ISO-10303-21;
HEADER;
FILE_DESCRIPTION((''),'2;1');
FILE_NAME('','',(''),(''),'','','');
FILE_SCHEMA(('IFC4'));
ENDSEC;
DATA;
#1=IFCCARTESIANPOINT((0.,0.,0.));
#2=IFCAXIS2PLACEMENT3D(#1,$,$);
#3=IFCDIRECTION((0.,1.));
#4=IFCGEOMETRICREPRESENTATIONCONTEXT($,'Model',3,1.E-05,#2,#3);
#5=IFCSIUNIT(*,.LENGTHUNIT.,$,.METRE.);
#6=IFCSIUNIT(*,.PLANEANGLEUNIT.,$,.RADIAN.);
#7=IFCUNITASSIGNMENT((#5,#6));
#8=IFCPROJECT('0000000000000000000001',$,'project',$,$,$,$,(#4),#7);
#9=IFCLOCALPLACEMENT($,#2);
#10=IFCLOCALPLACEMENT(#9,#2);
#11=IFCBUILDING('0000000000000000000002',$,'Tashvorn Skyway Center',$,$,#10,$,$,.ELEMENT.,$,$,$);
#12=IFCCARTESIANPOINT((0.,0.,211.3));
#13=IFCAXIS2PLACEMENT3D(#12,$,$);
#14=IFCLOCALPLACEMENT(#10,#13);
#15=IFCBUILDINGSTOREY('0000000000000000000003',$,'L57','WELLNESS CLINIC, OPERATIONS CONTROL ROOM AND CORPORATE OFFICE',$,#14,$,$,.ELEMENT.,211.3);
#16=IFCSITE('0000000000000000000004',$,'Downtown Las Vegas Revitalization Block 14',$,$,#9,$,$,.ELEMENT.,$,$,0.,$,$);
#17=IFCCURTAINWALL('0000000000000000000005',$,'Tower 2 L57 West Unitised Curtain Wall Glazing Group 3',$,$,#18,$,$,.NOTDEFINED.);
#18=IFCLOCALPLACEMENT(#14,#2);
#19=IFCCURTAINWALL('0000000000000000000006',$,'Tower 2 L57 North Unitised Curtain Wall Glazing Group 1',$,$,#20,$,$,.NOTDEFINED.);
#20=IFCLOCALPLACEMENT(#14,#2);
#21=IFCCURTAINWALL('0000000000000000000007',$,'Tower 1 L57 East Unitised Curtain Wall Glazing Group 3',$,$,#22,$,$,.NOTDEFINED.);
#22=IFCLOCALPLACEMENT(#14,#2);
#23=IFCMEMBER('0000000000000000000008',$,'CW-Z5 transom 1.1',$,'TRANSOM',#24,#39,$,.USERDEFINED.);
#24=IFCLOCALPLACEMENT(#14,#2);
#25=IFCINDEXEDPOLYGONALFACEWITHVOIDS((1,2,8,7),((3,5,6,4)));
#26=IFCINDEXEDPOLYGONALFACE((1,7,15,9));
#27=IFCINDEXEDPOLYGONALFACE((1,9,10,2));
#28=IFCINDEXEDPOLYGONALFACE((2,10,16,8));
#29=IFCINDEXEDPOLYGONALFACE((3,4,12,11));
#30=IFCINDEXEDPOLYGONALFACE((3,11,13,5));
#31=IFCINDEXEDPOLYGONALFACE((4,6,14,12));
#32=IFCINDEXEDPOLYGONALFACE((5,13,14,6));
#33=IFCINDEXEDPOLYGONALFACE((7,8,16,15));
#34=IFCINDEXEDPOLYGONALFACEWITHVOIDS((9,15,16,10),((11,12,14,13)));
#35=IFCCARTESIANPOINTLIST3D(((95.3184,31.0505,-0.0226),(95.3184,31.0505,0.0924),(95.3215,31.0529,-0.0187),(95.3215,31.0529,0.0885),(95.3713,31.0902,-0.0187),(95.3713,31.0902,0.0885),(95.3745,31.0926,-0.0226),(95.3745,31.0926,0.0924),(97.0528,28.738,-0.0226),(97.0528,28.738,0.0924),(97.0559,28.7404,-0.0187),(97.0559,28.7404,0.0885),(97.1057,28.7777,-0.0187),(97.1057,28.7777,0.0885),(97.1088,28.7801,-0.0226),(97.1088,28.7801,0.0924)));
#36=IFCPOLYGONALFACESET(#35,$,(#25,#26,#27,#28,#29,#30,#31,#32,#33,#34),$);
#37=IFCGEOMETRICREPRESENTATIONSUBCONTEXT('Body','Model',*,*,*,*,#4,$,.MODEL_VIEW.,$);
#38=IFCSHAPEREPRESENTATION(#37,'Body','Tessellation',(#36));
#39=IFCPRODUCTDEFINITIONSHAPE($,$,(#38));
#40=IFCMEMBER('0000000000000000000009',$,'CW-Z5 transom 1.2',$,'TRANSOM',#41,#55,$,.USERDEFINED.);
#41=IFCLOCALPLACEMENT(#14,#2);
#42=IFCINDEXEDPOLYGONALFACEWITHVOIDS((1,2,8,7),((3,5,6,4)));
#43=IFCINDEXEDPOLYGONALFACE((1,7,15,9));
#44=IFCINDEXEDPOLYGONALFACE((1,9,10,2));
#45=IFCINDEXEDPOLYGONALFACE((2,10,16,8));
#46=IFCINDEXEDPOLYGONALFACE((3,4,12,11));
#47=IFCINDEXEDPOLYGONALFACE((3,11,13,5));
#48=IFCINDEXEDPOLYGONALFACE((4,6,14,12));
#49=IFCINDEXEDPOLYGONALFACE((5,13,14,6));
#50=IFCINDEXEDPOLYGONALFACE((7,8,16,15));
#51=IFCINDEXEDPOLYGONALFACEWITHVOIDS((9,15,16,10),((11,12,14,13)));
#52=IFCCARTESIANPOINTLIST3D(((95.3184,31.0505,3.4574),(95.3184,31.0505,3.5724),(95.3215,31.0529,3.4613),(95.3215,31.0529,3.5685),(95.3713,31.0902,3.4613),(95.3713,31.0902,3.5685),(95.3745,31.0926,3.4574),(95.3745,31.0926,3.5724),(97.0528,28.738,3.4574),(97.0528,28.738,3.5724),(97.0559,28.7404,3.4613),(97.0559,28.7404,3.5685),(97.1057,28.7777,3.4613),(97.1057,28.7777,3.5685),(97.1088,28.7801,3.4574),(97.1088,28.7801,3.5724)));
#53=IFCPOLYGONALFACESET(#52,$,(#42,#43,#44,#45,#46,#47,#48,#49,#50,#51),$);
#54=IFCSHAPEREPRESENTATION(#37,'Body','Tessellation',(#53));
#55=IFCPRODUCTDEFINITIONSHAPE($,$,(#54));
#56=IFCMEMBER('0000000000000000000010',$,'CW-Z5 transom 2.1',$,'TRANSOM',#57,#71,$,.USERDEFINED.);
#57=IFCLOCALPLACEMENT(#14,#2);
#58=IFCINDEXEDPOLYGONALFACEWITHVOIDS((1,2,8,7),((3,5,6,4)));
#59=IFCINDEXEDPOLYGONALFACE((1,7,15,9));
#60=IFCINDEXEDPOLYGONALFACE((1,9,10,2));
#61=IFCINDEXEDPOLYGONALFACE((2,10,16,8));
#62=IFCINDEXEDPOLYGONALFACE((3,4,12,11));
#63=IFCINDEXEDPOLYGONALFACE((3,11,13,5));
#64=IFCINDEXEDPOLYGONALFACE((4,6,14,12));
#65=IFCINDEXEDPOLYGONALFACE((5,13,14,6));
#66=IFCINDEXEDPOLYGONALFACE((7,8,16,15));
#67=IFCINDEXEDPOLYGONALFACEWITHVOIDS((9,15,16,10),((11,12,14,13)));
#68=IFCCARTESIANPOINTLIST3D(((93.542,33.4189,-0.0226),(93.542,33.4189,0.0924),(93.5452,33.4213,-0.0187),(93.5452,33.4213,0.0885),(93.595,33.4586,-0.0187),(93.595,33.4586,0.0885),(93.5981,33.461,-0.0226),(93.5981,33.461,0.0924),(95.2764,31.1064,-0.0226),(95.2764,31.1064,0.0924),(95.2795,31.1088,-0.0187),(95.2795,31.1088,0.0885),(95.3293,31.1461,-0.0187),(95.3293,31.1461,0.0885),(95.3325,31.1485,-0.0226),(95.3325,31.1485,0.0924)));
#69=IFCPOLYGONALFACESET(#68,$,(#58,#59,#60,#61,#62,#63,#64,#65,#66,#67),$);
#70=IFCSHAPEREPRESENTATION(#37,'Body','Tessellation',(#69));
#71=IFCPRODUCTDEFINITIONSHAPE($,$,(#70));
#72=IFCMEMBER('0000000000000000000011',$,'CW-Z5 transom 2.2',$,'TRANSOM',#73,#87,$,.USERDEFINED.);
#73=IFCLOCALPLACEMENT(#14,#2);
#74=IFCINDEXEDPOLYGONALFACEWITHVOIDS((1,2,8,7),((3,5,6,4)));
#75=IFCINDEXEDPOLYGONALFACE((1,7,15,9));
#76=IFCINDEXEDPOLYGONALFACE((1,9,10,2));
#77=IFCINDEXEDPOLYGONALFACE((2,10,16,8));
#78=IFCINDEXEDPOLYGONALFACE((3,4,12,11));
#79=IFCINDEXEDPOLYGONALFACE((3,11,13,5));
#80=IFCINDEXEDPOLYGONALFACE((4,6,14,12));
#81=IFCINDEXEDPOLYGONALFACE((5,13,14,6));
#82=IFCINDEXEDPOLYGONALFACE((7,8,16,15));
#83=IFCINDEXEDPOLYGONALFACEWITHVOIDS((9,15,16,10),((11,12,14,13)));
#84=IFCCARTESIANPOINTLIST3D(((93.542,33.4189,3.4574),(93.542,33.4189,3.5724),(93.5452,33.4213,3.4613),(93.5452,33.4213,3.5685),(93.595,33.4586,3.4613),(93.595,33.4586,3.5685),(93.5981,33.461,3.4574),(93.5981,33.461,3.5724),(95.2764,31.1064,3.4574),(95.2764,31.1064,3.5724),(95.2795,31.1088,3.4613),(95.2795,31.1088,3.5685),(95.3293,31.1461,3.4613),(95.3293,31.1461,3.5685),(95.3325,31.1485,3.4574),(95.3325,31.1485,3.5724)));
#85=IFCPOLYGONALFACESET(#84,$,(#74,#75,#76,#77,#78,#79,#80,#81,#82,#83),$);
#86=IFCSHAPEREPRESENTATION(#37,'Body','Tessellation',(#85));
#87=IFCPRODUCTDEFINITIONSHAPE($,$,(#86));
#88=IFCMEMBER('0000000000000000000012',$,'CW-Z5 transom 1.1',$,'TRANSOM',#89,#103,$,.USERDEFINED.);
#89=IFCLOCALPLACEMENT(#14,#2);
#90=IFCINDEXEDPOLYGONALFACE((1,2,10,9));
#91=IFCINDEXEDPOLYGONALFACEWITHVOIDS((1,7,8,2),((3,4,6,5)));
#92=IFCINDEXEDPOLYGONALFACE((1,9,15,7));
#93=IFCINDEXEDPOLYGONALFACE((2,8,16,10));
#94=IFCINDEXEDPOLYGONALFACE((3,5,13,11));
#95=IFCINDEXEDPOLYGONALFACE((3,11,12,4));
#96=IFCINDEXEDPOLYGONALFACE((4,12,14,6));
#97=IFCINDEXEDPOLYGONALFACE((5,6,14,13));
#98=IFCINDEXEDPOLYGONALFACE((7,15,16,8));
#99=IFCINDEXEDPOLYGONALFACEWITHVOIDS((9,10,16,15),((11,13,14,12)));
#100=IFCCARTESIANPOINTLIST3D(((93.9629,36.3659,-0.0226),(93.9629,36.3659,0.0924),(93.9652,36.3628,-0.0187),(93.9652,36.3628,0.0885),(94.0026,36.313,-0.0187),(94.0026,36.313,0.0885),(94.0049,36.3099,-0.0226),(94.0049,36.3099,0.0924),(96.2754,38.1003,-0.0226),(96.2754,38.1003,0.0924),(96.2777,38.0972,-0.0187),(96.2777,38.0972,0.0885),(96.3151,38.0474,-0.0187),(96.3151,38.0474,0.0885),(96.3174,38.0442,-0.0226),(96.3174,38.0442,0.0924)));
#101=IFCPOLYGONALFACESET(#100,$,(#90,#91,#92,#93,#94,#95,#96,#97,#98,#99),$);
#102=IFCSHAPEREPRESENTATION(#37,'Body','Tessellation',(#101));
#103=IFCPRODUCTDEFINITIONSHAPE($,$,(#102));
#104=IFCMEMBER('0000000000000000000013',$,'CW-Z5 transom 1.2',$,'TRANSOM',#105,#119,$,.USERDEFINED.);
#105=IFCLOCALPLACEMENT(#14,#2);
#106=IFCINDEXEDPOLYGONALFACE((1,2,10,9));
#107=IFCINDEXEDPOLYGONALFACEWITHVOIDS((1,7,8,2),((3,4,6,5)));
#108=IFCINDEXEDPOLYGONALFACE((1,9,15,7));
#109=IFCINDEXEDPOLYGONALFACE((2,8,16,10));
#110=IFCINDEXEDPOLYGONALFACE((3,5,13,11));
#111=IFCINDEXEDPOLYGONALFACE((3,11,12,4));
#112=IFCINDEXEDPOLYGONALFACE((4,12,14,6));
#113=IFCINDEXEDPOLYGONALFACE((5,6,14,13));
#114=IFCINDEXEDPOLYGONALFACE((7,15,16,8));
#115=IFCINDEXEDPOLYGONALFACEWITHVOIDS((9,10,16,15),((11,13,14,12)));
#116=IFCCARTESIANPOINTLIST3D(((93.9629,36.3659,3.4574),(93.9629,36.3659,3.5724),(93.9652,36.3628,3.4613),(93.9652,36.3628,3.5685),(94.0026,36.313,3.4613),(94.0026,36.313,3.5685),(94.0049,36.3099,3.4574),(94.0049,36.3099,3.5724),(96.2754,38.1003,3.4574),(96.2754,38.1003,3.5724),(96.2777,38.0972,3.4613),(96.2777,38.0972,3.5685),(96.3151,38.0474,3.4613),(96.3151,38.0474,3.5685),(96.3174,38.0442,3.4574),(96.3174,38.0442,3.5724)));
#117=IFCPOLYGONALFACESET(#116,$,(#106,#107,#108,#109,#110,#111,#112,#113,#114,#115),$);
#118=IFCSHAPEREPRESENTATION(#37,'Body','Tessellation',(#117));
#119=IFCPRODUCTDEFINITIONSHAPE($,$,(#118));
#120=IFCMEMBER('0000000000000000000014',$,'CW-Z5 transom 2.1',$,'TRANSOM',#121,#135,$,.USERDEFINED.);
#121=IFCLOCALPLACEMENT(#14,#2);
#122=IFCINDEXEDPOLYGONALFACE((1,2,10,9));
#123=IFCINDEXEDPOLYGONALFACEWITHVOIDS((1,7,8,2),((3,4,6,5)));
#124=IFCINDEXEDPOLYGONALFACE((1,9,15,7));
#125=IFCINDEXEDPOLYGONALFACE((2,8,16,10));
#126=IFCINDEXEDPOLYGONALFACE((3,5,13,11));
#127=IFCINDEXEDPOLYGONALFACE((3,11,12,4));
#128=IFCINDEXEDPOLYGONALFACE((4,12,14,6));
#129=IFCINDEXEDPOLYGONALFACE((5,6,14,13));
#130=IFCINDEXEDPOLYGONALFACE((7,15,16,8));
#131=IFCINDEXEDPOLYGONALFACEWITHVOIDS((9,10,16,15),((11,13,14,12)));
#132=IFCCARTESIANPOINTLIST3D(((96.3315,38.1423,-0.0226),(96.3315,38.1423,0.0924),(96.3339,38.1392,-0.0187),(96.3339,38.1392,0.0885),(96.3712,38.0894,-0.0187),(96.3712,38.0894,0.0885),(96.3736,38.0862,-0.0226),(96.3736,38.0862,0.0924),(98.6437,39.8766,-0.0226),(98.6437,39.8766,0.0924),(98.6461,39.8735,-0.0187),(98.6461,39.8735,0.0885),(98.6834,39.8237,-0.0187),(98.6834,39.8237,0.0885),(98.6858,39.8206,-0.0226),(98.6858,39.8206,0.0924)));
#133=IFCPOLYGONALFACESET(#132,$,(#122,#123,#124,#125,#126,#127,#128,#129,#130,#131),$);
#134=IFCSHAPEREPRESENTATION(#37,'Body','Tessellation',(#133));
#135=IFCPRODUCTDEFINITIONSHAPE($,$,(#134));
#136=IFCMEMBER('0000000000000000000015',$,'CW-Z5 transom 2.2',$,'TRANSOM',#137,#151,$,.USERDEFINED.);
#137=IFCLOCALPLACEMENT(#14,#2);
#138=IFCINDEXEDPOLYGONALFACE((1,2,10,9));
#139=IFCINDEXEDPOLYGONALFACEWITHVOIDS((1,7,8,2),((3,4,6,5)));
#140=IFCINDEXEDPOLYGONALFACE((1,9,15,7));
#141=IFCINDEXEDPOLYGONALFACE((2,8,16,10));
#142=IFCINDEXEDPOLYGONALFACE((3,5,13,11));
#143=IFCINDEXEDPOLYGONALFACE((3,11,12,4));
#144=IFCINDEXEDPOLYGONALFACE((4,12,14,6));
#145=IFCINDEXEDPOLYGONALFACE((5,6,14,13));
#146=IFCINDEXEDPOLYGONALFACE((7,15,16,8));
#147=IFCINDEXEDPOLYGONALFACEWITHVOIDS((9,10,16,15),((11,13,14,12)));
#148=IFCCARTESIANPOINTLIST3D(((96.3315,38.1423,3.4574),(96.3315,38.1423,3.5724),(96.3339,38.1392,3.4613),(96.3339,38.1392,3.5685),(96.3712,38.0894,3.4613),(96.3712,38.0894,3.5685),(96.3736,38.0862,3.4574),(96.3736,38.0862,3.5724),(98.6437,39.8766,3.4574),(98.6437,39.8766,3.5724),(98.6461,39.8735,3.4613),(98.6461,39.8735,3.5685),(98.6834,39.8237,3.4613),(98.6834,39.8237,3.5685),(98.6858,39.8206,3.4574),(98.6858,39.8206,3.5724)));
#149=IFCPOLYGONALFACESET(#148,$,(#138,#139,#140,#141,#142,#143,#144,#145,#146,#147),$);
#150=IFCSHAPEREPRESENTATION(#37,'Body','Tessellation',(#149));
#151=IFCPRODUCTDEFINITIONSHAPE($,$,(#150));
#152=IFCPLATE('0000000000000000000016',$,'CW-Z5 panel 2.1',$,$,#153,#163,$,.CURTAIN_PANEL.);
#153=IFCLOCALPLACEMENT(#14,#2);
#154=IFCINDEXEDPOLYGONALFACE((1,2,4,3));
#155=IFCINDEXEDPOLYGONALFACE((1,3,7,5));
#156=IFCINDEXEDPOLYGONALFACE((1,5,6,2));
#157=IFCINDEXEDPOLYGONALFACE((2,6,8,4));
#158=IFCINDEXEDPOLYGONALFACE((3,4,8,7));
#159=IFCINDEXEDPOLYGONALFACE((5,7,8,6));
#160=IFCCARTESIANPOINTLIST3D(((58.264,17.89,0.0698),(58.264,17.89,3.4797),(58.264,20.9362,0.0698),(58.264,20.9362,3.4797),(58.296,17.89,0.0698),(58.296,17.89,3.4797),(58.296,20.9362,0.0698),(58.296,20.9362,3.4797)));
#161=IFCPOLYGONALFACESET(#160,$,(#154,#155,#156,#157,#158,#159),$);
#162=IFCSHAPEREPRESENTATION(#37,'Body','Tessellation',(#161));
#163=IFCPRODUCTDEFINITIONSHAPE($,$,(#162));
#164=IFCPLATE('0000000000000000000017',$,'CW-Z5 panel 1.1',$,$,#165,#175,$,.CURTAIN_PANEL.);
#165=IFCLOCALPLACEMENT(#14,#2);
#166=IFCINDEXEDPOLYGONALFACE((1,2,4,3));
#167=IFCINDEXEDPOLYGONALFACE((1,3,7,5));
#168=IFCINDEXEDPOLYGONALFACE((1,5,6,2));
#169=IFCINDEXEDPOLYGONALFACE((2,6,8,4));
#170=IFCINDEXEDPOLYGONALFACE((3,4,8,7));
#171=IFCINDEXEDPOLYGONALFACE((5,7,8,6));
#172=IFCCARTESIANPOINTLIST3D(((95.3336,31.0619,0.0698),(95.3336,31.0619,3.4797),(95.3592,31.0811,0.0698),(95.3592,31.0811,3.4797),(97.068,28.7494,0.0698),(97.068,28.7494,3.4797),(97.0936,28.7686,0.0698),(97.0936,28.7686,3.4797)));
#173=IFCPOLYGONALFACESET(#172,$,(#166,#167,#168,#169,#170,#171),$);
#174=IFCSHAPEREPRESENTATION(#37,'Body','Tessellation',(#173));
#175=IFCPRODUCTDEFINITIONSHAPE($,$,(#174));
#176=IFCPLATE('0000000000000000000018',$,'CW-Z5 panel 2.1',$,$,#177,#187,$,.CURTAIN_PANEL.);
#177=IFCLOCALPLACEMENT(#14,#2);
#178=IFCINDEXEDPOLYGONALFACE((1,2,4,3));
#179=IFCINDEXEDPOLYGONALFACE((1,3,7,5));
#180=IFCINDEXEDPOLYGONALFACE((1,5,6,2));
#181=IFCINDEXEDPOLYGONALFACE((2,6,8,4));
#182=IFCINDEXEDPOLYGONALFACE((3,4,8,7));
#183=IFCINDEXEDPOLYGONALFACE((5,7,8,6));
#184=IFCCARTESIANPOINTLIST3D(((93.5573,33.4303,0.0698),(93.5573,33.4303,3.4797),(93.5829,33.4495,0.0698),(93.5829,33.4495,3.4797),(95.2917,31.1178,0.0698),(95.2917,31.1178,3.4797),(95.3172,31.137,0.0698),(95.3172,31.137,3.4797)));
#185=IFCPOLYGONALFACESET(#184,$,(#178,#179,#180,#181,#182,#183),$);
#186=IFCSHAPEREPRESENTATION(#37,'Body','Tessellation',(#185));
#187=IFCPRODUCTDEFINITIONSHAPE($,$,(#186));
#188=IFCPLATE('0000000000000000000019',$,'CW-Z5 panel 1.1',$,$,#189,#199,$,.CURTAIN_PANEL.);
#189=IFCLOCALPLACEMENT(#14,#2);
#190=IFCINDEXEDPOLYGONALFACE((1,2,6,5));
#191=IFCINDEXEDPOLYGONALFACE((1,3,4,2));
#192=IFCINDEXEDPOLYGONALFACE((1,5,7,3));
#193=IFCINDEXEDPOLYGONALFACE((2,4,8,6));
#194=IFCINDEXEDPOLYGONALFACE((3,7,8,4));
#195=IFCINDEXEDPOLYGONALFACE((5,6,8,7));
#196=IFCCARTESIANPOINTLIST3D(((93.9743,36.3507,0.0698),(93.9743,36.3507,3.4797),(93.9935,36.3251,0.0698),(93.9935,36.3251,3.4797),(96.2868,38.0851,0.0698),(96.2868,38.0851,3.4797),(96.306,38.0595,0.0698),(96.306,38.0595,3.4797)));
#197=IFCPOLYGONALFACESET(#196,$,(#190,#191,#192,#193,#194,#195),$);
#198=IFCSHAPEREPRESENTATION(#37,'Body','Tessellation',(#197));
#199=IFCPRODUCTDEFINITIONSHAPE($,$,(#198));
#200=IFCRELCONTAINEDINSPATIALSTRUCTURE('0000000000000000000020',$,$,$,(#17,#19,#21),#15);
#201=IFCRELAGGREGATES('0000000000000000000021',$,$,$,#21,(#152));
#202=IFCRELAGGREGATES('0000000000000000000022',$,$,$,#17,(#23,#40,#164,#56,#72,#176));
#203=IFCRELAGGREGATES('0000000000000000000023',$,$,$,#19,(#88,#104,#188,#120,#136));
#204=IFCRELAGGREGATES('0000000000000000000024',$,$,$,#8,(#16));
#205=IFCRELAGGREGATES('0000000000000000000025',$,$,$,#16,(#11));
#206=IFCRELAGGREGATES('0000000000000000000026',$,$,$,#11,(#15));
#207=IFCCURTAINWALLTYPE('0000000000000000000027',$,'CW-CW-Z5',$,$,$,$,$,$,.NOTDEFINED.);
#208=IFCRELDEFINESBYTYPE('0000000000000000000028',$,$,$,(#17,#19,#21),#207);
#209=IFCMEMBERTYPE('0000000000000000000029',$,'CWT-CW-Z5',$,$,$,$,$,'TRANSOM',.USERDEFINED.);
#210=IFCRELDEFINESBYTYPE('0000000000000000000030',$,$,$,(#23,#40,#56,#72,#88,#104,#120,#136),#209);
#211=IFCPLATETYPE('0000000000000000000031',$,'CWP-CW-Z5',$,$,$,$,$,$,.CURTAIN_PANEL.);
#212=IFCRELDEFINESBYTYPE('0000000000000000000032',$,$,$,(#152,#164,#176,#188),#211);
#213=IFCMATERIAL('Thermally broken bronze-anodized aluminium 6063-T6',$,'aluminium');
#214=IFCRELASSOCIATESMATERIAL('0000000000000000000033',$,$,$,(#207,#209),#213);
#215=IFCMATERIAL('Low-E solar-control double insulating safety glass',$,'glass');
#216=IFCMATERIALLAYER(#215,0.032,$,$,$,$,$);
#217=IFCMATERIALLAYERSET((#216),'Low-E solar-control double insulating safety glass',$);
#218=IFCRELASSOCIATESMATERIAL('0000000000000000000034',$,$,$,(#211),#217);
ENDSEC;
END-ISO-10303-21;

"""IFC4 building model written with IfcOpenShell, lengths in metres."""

from ifc_helpers import new_model, si_unit, direction, frame, origin, origin_2d, place, context, subcontext, project, spatial, rectangle, hollow_rectangle, extrude, material, layer, layer_set, material_profile, profile_set, type_object, element, aggregate, save


model = new_model("IFC4")

# Units and contexts
model_context = context("Model", 3, precision=1e-05, world=origin(), true_north=direction((0.0, 1.0)))
body_context = subcontext(model_context, "Body", "Model", "MODEL_VIEW")
ifc_project = project(units=[si_unit("LENGTHUNIT", "METRE"), si_unit("PLANEANGLEUNIT", "RADIAN")], contexts=[model_context])

# Site, building, storey
site_placement = place(None, origin())
site = spatial("IfcSite", under=ifc_project, at=site_placement, Name="Downtown Las Vegas Revitalization Block 14", CompositionType="ELEMENT", RefElevation=0.0)
building_placement = place(site_placement, origin())
building = spatial("IfcBuilding", under=site, at=building_placement, Name="Tashvorn Skyway Center", CompositionType="ELEMENT")
storey_placement = place(building_placement, frame((0.0, 0.0, 211.3)))
storey = spatial("IfcBuildingStorey", under=building, at=storey_placement, Name="L57", Description="WELLNESS CLINIC, OPERATIONS CONTROL ROOM AND CORPORATE OFFICE", CompositionType="ELEMENT", Elevation=211.3)

# Curtain walls
ifc_material_1 = material(Name="Thermally broken bronze-anodized aluminium 6063-T6", Category="aluminium")
curtain_wall_type = type_object("IfcCurtainWallType", Name="CW-CW-Z5", PredefinedType="NOTDEFINED", material=ifc_material_1)
curtain_wall_1_placement = place(storey_placement, origin())
curtain_wall_1 = element("IfcCurtainWall", 1, at=curtain_wall_1_placement, inside=storey, type_object=curtain_wall_type, Name="Tower 2 L57 West Unitised Curtain Wall Glazing Group 3", PredefinedType="NOTDEFINED")
curtain_wall_2_placement = place(storey_placement, origin())
curtain_wall_2 = element("IfcCurtainWall", 2, at=curtain_wall_2_placement, inside=storey, type_object=curtain_wall_type, Name="Tower 2 L57 North Unitised Curtain Wall Glazing Group 1", PredefinedType="NOTDEFINED")
curtain_wall_3_placement = place(storey_placement, origin())
curtain_wall_3 = element("IfcCurtainWall", 3, at=curtain_wall_3_placement, inside=storey, type_object=curtain_wall_type, Name="Tower 1 L57 East Unitised Curtain Wall Glazing Group 3", PredefinedType="NOTDEFINED")
ifc_material_profile_1 = material_profile(ifc_material_1, hollow_rectangle(XDim=0.0701, YDim=0.115, WallThickness=0.0039, at=origin_2d()), Name="ALU-TRAN-70x115")
ifc_profile_set_1 = profile_set([ifc_material_profile_1], Name="Thermally broken bronze-anodized aluminium 6063-T6")
member_type_1 = type_object("IfcMemberType", Name="CWT-CW-Z5", ElementType="TRANSOM", PredefinedType="USERDEFINED", material=ifc_profile_set_1)

# Members
member_1_placement = place(storey_placement, frame((97.0808, 28.759, 0.0349), z_axis=(-0.6, 0.8, 0.0), x_axis=(-0.8, -0.6, 0.0)))
member_1 = element("IfcMember", 4, at=member_1_placement, type_object=member_type_1, Name="CW-Z5 transom 1.1", ObjectType="TRANSOM", PredefinedType="USERDEFINED", context=body_context, shape_type="SweptSolid", body=[
    extrude(hollow_rectangle(XDim=0.0701, YDim=0.115, WallThickness=0.0039, at=origin_2d()), origin(), (0.0, 0.0, 1.0), 2.8906),
])
member_2_placement = place(storey_placement, frame((97.0808, 28.759, 3.5149), z_axis=(-0.6, 0.8, 0.0), x_axis=(-0.8, -0.6, 0.0)))
member_2 = element("IfcMember", 5, at=member_2_placement, type_object=member_type_1, Name="CW-Z5 transom 1.2", ObjectType="TRANSOM", PredefinedType="USERDEFINED", context=body_context, shape_type="SweptSolid", body=[
    extrude(hollow_rectangle(XDim=0.0701, YDim=0.115, WallThickness=0.0039, at=origin_2d()), origin(), (0.0, 0.0, 1.0), 2.8906),
])
member_3_placement = place(storey_placement, frame((95.3044, 31.1274, 0.0349), z_axis=(-0.6, 0.8, 0.0), x_axis=(-0.8, -0.6, 0.0)))
member_3 = element("IfcMember", 6, at=member_3_placement, type_object=member_type_1, Name="CW-Z5 transom 2.1", ObjectType="TRANSOM", PredefinedType="USERDEFINED", context=body_context, shape_type="SweptSolid", body=[
    extrude(hollow_rectangle(XDim=0.0701, YDim=0.115, WallThickness=0.0039, at=origin_2d()), origin(), (0.0, 0.0, 1.0), 2.8906),
])
member_4_placement = place(storey_placement, frame((95.3044, 31.1274, 3.5149), z_axis=(-0.6, 0.8, 0.0), x_axis=(-0.8, -0.6, 0.0)))
member_4 = element("IfcMember", 7, at=member_4_placement, type_object=member_type_1, Name="CW-Z5 transom 2.2", ObjectType="TRANSOM", PredefinedType="USERDEFINED", context=body_context, shape_type="SweptSolid", body=[
    extrude(hollow_rectangle(XDim=0.0701, YDim=0.115, WallThickness=0.0039, at=origin_2d()), origin(), (0.0, 0.0, 1.0), 2.8906),
])
member_5_placement = place(storey_placement, frame((93.9839, 36.3379, 0.0349), z_axis=(0.8, 0.6, 0.0), x_axis=(-0.6, 0.8, 0.0)))
member_5 = element("IfcMember", 8, at=member_5_placement, type_object=member_type_1, Name="CW-Z5 transom 1.1", ObjectType="TRANSOM", PredefinedType="USERDEFINED", context=body_context, shape_type="SweptSolid", body=[
    extrude(hollow_rectangle(XDim=0.0701, YDim=0.115, WallThickness=0.0039, at=origin_2d()), origin(), (0.0, 0.0, 1.0), 2.8906),
])
member_6_placement = place(storey_placement, frame((93.9839, 36.3379, 3.5149), z_axis=(0.8, 0.6, 0.0), x_axis=(-0.6, 0.8, 0.0)))
member_6 = element("IfcMember", 9, at=member_6_placement, type_object=member_type_1, Name="CW-Z5 transom 1.2", ObjectType="TRANSOM", PredefinedType="USERDEFINED", context=body_context, shape_type="SweptSolid", body=[
    extrude(hollow_rectangle(XDim=0.0701, YDim=0.115, WallThickness=0.0039, at=origin_2d()), origin(), (0.0, 0.0, 1.0), 2.8906),
])
member_7_placement = place(storey_placement, frame((96.3525, 38.1143, 0.0349), z_axis=(0.79997, 0.600041, 0.0), x_axis=(-0.600041, 0.79997, 0.0)))
member_7 = element("IfcMember", 10, at=member_7_placement, type_object=member_type_1, Name="CW-Z5 transom 2.1", ObjectType="TRANSOM", PredefinedType="USERDEFINED", context=body_context, shape_type="SweptSolid", body=[
    extrude(hollow_rectangle(XDim=0.0701, YDim=0.115, WallThickness=0.0039, at=origin_2d()), origin(), (0.0, 0.0, 1.0), 2.8904),
])
member_8_placement = place(storey_placement, frame((96.3525, 38.1143, 3.5149), z_axis=(0.79997, 0.600041, 0.0), x_axis=(-0.600041, 0.79997, 0.0)))
member_8 = element("IfcMember", 11, at=member_8_placement, type_object=member_type_1, Name="CW-Z5 transom 2.2", ObjectType="TRANSOM", PredefinedType="USERDEFINED", context=body_context, shape_type="SweptSolid", body=[
    extrude(hollow_rectangle(XDim=0.0701, YDim=0.115, WallThickness=0.0039, at=origin_2d()), origin(), (0.0, 0.0, 1.0), 2.8904),
])

# Plates
ifc_material_2 = material(Name="Low-E solar-control double insulating safety glass", Category="glass")
ifc_layer_1 = layer(ifc_material_2, 0.032)
ifc_layer_set_1 = layer_set([ifc_layer_1], Name="Low-E solar-control double insulating safety glass")
plate_type = type_object("IfcPlateType", Name="CWP-CW-Z5", PredefinedType="CURTAIN_PANEL", material=ifc_layer_set_1)
plate_1_placement = place(storey_placement, frame((58.28, 19.4131, 0.0698), z_axis=(0.0, 0.0, 1.0), x_axis=(0.0, -1.0, 0.0)))
plate_1 = element("IfcPlate", 12, at=plate_1_placement, type_object=plate_type, Name="CW-Z5 panel 2.1", PredefinedType="CURTAIN_PANEL", context=body_context, shape_type="SweptSolid", body=[
    extrude(rectangle(XDim=3.0461, YDim=0.032, at=origin_2d()), origin(), (0.0, 0.0, 1.0), 3.4099),
])
aggregate(curtain_wall_3, [plate_1])
plate_2_placement = place(storey_placement, frame((96.2136, 29.9153, 0.0698), z_axis=(0.0, 0.0, 1.0), x_axis=(-0.600003, 0.799998, 0.0)))
plate_2 = element("IfcPlate", 13, at=plate_2_placement, type_object=plate_type, Name="CW-Z5 panel 1.1", PredefinedType="CURTAIN_PANEL", context=body_context, shape_type="SweptSolid", body=[
    extrude(rectangle(XDim=2.8906, YDim=0.032, at=origin_2d()), origin(), (0.0, 0.0, 1.0), 3.4099),
])
plate_3_placement = place(storey_placement, frame((94.4373, 32.2837, 0.0698), z_axis=(0.0, 0.0, 1.0), x_axis=(-0.600003, 0.799998, 0.0)))
plate_3 = element("IfcPlate", 14, at=plate_3_placement, type_object=plate_type, Name="CW-Z5 panel 2.1", PredefinedType="CURTAIN_PANEL", context=body_context, shape_type="SweptSolid", body=[
    extrude(rectangle(XDim=2.8906, YDim=0.032, at=origin_2d()), origin(), (0.0, 0.0, 1.0), 3.4099),
])
aggregate(curtain_wall_1, [member_1, member_2, plate_2, member_3, member_4, plate_3])
plate_4_placement = place(storey_placement, frame((95.1401, 37.2051, 0.0698), z_axis=(0.0, 0.0, 1.0), x_axis=(0.799998, 0.600003, 0.0)))
plate_4 = element("IfcPlate", 15, at=plate_4_placement, type_object=plate_type, Name="CW-Z5 panel 1.1", PredefinedType="CURTAIN_PANEL", context=body_context, shape_type="SweptSolid", body=[
    extrude(rectangle(XDim=2.8906, YDim=0.032, at=origin_2d()), origin(), (0.0, 0.0, 1.0), 3.4099),
])
aggregate(curtain_wall_2, [member_5, member_6, plate_4, member_7, member_8])

save(model, "model.ifc")
